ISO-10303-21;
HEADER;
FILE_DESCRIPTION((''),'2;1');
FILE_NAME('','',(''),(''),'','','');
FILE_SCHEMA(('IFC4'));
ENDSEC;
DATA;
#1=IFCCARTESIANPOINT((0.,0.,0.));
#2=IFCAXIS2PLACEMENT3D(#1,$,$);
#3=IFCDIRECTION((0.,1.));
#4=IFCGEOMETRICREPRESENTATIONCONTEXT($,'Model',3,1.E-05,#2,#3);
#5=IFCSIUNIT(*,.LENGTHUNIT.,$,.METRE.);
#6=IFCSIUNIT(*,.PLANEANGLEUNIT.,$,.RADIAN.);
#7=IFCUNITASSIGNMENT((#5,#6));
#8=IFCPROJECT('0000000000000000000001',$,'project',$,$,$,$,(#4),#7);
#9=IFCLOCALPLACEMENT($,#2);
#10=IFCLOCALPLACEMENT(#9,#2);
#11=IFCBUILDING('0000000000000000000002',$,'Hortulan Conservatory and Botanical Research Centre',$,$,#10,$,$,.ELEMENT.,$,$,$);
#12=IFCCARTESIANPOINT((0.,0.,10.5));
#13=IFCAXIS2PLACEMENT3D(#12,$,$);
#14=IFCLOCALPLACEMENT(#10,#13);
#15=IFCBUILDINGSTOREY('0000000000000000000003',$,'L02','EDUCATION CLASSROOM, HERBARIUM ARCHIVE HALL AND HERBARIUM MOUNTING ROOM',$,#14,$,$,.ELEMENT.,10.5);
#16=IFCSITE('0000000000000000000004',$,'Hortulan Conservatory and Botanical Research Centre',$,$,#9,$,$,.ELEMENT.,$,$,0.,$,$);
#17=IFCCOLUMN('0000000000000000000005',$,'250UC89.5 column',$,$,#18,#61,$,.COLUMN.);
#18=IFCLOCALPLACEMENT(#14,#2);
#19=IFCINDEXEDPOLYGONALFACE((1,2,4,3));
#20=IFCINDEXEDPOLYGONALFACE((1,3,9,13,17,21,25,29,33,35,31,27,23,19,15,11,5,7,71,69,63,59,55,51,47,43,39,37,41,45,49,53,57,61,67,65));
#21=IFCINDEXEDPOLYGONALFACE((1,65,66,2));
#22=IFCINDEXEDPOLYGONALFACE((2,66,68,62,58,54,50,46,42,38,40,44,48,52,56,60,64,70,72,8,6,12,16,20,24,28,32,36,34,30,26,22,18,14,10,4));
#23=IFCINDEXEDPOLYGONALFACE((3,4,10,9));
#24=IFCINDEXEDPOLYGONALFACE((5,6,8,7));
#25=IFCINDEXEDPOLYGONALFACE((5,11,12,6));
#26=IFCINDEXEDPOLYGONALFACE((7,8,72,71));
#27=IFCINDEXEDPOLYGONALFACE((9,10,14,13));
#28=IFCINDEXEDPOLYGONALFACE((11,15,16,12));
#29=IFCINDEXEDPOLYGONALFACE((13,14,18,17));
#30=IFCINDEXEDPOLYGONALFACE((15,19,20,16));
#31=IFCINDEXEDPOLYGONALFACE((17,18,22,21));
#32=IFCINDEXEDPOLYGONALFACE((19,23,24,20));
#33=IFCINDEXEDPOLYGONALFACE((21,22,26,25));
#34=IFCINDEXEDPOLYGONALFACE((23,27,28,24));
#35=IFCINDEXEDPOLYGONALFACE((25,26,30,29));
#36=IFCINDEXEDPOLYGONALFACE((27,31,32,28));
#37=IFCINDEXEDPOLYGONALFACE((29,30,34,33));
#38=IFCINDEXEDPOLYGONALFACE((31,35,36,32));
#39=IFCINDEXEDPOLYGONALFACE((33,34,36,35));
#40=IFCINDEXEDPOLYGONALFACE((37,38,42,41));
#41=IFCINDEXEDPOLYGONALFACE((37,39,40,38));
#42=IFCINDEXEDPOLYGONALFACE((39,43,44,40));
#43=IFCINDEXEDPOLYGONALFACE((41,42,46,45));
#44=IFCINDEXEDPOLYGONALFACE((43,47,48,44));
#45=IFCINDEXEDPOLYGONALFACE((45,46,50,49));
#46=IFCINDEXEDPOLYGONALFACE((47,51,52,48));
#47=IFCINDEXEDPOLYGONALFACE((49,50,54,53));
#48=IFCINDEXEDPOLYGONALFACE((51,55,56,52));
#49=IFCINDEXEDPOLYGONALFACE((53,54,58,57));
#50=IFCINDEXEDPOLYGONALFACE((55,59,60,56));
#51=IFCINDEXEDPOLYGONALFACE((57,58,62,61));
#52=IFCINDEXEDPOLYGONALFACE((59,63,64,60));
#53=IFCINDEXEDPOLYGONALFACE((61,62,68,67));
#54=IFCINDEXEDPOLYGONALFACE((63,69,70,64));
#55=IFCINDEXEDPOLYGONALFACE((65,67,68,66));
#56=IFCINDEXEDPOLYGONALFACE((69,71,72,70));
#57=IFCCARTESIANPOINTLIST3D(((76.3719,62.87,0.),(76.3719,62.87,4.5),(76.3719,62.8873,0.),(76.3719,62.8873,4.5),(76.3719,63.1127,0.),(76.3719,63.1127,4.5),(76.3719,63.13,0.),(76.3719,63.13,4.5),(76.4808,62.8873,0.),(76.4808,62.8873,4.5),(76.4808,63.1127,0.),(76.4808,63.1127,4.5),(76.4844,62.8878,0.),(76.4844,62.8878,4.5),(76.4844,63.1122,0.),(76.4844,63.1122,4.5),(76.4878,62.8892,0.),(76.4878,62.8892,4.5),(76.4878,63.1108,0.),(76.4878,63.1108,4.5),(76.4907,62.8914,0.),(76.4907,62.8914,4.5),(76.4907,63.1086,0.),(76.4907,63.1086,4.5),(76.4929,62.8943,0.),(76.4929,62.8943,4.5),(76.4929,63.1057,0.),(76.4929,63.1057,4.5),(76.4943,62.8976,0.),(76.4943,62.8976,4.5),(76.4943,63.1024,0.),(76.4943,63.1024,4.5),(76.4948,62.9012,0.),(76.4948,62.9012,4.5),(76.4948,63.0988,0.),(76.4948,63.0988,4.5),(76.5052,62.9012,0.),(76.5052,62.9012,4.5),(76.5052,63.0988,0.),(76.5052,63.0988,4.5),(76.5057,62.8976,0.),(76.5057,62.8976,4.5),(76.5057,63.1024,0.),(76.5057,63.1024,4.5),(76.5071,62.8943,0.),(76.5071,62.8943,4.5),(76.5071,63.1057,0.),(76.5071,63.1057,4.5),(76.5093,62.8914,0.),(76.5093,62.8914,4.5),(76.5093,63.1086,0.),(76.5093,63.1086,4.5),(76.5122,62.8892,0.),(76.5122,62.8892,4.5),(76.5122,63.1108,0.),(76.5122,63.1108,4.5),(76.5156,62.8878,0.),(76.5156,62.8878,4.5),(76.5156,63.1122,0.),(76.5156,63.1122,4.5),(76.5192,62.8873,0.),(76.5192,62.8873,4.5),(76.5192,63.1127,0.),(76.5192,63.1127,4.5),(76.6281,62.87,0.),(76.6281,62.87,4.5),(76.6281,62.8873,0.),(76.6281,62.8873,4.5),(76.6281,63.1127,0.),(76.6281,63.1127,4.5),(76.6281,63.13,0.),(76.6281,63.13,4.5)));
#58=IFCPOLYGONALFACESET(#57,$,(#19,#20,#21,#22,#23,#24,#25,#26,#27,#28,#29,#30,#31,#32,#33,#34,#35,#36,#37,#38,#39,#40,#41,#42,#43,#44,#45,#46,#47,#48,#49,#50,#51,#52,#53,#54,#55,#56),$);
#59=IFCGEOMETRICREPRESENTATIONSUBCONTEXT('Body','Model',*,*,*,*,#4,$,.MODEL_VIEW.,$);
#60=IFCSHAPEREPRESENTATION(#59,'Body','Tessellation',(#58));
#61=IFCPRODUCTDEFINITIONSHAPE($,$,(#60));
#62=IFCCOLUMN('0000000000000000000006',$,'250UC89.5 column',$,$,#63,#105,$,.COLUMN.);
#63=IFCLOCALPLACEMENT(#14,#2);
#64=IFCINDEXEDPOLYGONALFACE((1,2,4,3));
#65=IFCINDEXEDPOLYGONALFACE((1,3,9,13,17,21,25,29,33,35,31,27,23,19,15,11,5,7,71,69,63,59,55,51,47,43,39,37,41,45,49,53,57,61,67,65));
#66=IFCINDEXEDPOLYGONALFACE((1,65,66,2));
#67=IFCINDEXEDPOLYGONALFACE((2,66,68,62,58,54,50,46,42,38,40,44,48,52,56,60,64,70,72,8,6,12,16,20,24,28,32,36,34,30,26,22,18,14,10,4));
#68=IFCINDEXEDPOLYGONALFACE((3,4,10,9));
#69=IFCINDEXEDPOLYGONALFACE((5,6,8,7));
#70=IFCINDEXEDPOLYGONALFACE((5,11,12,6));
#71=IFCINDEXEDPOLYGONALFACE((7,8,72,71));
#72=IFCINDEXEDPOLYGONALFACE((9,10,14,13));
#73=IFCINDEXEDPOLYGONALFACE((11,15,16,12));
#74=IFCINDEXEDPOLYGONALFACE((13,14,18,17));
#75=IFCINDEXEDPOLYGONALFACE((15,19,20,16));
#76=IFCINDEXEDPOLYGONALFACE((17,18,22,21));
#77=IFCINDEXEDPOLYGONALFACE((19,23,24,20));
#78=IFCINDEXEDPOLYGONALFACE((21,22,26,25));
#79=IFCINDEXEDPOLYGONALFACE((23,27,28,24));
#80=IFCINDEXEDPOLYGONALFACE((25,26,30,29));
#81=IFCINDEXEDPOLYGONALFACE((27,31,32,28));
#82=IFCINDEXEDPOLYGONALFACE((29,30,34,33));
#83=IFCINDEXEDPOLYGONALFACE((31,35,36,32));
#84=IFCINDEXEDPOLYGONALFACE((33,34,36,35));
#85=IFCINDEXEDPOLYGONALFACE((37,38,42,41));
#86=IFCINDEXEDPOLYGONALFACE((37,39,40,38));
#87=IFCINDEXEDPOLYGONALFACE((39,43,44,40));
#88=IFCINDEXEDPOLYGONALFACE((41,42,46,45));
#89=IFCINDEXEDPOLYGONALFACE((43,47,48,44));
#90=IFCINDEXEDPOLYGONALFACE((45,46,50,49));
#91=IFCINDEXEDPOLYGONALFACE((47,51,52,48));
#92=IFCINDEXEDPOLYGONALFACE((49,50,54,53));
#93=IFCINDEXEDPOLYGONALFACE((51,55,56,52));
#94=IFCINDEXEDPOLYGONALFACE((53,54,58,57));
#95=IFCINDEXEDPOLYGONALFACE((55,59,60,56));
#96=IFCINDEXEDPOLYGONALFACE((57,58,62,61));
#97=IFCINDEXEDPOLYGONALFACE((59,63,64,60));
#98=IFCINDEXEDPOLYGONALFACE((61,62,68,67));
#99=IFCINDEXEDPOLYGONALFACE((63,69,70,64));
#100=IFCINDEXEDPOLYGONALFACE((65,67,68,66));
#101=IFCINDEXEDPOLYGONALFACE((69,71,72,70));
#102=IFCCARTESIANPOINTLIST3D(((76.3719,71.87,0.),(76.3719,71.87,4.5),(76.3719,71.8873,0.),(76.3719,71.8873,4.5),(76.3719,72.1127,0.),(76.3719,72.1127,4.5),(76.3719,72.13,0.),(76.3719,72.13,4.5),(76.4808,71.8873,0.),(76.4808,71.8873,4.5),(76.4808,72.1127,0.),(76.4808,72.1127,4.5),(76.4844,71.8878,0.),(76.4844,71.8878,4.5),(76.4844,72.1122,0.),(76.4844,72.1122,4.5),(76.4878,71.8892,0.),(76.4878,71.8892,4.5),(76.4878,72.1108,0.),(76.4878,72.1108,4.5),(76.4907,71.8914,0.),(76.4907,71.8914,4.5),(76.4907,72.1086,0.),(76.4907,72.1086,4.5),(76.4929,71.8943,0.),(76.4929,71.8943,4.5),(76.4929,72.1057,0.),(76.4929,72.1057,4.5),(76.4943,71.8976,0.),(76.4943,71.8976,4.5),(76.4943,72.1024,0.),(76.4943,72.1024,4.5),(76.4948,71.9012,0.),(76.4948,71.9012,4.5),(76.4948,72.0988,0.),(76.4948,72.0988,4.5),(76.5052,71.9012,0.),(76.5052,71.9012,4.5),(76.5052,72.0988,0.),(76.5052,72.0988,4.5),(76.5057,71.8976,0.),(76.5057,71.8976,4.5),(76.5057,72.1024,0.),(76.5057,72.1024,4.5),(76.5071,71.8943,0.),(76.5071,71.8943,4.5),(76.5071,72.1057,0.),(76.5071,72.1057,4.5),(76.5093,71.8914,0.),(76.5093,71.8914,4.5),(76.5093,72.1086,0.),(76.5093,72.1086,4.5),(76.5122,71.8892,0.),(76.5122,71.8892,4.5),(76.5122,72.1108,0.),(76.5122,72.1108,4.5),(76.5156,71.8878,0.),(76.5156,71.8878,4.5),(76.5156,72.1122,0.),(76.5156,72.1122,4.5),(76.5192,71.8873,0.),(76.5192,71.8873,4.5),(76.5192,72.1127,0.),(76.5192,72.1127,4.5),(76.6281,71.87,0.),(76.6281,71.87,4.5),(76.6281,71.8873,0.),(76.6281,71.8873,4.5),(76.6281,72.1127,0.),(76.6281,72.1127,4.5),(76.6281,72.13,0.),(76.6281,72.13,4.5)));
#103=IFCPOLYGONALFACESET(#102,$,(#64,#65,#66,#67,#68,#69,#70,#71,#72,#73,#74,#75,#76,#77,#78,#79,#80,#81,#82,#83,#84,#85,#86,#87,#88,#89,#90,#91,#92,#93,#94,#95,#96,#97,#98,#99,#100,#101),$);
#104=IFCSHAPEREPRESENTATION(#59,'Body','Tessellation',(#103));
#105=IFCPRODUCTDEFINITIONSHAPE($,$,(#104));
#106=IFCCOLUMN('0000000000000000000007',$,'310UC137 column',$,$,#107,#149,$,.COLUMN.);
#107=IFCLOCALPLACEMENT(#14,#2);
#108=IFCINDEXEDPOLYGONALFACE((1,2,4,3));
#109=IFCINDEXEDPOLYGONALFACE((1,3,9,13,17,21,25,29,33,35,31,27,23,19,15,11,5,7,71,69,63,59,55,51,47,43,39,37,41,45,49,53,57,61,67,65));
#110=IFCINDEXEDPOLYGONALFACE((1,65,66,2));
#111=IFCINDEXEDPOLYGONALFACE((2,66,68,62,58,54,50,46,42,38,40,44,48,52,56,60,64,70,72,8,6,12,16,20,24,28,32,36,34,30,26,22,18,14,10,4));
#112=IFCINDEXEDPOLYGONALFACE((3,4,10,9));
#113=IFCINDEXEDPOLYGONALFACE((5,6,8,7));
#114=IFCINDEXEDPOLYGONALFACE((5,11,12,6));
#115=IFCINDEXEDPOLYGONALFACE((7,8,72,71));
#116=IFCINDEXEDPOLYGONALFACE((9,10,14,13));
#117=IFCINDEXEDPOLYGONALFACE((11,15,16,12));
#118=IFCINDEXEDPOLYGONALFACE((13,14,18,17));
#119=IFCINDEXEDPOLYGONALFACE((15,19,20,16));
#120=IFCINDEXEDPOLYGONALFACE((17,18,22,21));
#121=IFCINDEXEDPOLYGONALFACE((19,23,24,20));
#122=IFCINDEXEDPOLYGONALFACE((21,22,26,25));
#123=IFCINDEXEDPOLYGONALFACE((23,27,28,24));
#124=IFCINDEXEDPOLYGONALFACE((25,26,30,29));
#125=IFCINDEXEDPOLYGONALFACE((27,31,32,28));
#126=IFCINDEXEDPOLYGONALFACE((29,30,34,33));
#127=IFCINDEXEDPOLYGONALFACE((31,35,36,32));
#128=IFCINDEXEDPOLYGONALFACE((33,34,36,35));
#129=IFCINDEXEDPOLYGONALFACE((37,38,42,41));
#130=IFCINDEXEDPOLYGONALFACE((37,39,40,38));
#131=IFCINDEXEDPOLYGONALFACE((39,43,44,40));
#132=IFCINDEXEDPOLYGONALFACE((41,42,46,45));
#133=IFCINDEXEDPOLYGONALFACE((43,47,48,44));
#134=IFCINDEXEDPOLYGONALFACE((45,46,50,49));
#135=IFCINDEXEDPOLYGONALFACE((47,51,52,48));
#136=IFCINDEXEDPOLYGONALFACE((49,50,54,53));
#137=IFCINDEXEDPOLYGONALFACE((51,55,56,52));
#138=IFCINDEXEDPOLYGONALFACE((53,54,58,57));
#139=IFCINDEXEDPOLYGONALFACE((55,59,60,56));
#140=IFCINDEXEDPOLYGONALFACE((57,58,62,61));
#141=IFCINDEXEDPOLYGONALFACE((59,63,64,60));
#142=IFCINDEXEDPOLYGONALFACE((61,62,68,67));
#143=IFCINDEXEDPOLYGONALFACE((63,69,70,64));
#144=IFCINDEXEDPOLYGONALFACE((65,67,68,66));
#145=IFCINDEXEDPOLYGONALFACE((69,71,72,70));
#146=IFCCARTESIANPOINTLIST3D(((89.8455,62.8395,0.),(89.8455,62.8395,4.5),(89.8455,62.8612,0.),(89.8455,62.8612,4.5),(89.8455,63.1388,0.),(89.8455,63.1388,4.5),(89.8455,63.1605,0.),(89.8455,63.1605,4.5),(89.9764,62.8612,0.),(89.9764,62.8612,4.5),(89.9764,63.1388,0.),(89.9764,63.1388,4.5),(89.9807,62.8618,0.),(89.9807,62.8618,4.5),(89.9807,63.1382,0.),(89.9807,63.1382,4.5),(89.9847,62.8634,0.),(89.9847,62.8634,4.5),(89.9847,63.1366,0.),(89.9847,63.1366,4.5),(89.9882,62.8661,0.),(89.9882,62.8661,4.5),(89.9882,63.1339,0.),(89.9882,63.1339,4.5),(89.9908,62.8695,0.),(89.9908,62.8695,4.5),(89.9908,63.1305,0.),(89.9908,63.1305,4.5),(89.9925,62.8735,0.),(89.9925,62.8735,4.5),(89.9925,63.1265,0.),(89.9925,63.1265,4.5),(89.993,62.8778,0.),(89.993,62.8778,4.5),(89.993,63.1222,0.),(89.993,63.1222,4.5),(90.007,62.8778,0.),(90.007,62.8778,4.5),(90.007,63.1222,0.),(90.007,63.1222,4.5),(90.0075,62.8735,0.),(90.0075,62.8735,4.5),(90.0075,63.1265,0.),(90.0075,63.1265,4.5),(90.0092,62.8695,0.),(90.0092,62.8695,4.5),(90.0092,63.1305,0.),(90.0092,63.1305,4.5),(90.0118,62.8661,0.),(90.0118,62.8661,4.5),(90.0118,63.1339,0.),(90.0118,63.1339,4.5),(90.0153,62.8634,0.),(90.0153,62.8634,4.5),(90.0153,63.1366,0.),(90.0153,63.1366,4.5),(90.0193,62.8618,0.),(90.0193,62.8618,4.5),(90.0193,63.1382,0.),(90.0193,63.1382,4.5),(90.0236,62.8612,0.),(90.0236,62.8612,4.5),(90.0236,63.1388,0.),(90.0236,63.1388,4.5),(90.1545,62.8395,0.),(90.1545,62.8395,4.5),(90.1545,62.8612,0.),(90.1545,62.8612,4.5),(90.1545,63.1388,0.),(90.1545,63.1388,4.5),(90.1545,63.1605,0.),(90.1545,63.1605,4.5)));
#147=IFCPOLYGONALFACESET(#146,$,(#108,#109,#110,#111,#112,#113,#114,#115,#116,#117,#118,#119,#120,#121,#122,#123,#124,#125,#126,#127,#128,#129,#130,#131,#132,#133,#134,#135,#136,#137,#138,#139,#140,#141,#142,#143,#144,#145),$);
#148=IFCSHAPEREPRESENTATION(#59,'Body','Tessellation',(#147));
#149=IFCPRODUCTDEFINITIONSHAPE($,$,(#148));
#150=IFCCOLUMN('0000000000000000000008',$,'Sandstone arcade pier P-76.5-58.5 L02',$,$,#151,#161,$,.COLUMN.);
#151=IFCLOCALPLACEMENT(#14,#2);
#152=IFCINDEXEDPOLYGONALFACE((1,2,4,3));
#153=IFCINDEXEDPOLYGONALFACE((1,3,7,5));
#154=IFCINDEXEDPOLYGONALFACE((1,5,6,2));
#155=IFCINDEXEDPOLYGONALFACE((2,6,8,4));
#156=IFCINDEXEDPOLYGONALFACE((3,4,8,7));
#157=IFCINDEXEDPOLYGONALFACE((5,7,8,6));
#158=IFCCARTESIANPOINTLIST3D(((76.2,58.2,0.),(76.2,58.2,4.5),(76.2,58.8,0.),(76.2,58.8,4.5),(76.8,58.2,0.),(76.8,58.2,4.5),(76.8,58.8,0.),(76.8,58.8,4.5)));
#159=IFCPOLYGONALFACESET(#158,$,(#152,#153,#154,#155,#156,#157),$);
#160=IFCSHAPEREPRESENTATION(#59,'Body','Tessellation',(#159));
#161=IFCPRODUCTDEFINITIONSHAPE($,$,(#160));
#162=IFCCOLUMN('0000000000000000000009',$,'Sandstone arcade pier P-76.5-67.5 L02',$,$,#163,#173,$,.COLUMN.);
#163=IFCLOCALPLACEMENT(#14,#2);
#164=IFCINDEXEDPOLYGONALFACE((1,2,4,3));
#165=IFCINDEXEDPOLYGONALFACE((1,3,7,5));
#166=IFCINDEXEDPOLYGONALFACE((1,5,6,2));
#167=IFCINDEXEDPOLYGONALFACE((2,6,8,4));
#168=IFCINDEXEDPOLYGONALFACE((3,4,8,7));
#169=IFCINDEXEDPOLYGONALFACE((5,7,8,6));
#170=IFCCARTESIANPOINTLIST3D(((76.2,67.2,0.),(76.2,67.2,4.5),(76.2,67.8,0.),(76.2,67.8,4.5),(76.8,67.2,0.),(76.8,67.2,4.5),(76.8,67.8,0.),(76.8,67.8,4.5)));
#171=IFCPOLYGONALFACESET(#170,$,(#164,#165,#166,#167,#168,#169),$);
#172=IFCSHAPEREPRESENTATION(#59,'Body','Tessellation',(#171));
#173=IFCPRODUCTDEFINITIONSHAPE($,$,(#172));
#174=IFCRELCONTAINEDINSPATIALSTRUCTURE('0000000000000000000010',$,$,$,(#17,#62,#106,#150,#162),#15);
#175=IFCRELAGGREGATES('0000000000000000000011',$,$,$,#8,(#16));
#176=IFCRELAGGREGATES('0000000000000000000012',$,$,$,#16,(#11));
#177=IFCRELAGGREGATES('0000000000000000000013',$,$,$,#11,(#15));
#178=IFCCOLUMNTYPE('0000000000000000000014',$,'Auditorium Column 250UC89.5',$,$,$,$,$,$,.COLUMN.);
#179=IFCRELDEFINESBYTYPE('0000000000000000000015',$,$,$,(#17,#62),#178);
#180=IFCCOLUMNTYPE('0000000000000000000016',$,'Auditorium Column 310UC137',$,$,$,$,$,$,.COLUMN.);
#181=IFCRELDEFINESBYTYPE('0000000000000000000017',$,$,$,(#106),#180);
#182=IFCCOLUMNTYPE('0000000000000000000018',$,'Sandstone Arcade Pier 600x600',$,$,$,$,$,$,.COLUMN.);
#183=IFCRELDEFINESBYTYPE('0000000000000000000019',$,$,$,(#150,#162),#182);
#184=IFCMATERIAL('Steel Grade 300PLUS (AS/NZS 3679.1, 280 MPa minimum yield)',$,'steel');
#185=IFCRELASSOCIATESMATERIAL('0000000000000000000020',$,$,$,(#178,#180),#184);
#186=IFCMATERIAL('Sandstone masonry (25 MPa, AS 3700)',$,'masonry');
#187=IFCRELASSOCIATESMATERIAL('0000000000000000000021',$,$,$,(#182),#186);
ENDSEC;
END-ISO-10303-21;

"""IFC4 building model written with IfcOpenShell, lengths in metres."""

from ifc_helpers import new_model, si_unit, direction, frame, origin, origin_2d, place, context, subcontext, project, spatial, rectangle, i_section, extrude, material, material_profile, profile_set, type_object, element, save


model = new_model("IFC4")

# Units and contexts
model_context = context("Model", 3, precision=1e-05, world=origin(), true_north=direction((0.0, 1.0)))
body_context = subcontext(model_context, "Body", "Model", "MODEL_VIEW")
ifc_project = project(units=[si_unit("LENGTHUNIT", "METRE"), si_unit("PLANEANGLEUNIT", "RADIAN")], contexts=[model_context])

# Site, building, storey
site_placement = place(None, origin())
site = spatial("IfcSite", under=ifc_project, at=site_placement, Name="Hortulan Conservatory and Botanical Research Centre", CompositionType="ELEMENT", RefElevation=0.0)
building_placement = place(site_placement, origin())
building = spatial("IfcBuilding", under=site, at=building_placement, Name="Hortulan Conservatory and Botanical Research Centre", CompositionType="ELEMENT")
storey_placement = place(building_placement, frame((0.0, 0.0, 10.5)))
storey = spatial("IfcBuildingStorey", under=building, at=storey_placement, Name="L02", Description="EDUCATION CLASSROOM, HERBARIUM ARCHIVE HALL AND HERBARIUM MOUNTING ROOM", CompositionType="ELEMENT", Elevation=10.5)

# Columns
ifc_material_1 = material(Name="Steel Grade 300PLUS (AS/NZS 3679.1, 280 MPa minimum yield)", Category="steel")
ifc_material_profile_1 = material_profile(ifc_material_1, i_section(OverallWidth=0.2561, OverallDepth=0.26, WebThickness=0.0105, FlangeThickness=0.0173, FilletRadius=0.0139, at=origin_2d()), Name="250UC89.5")
ifc_profile_set_1 = profile_set([ifc_material_profile_1], Name="Steel Grade 300PLUS (AS/NZS 3679.1, 280 MPa minimum yield)")
column_type_1 = type_object("IfcColumnType", Name="Auditorium Column 250UC89.5", PredefinedType="COLUMN", material=ifc_profile_set_1)
for number, where, z_axis, x_axis, name in (
    (1, (76.5, 63.0, 0.0), (0.0, 0.0, 1.0), (1.0, 0.0, 0.0), "250UC89.5 column"),
    (2, (76.5, 72.0, 0.0), (0.0, 0.0, 1.0), (1.0, 0.0, 0.0), "250UC89.5 column"),
):
    element("IfcColumn", number, at=place(storey_placement, frame(where, z_axis=z_axis, x_axis=x_axis)), inside=storey, type_object=column_type_1, Name=name, PredefinedType="COLUMN", context=body_context, shape_type="SweptSolid", body=[
        extrude(i_section(OverallWidth=0.2561, OverallDepth=0.26, WebThickness=0.0105, FlangeThickness=0.0173, FilletRadius=0.0139, at=origin_2d()), origin(), (0.0, 0.0, 1.0), 4.5),
    ])
ifc_material_profile_2 = material_profile(ifc_material_1, i_section(OverallWidth=0.3091, OverallDepth=0.321, WebThickness=0.0139, FlangeThickness=0.0217, FilletRadius=0.0166, at=origin_2d()), Name="310UC137")
ifc_profile_set_2 = profile_set([ifc_material_profile_2], Name="Steel Grade 300PLUS (AS/NZS 3679.1, 280 MPa minimum yield)")
column_type_2 = type_object("IfcColumnType", Name="Auditorium Column 310UC137", PredefinedType="COLUMN", material=ifc_profile_set_2)
column_placement = place(storey_placement, frame((90.0, 63.0, 0.0), z_axis=(0.0, 0.0, 1.0), x_axis=(1.0, 0.0, 0.0)))
element("IfcColumn", 3, at=column_placement, inside=storey, type_object=column_type_2, Name="310UC137 column", PredefinedType="COLUMN", context=body_context, shape_type="SweptSolid", body=[
    extrude(i_section(OverallWidth=0.3091, OverallDepth=0.321, WebThickness=0.0139, FlangeThickness=0.0217, FilletRadius=0.0166, at=origin_2d()), origin(), (0.0, 0.0, 1.0), 4.5),
])
ifc_material_2 = material(Name="Sandstone masonry (25 MPa, AS 3700)", Category="masonry")
ifc_material_profile_3 = material_profile(ifc_material_2, rectangle(XDim=0.6001, YDim=0.6001, at=origin_2d()), Name="Square pier 600")
ifc_profile_set_3 = profile_set([ifc_material_profile_3], Name="Sandstone masonry (25 MPa, AS 3700)")
column_type_3 = type_object("IfcColumnType", Name="Sandstone Arcade Pier 600x600", PredefinedType="COLUMN", material=ifc_profile_set_3)
for number, where, z_axis, x_axis, name in (
    (4, (76.5, 58.5, 0.0), (0.0, 0.0, 1.0), (1.0, 0.0, 0.0), "Sandstone arcade pier P-76.5-58.5 L02"),
    (5, (76.5, 67.5, 0.0), (0.0, 0.0, 1.0), (1.0, 0.0, 0.0), "Sandstone arcade pier P-76.5-67.5 L02"),
):
    element("IfcColumn", number, at=place(storey_placement, frame(where, z_axis=z_axis, x_axis=x_axis)), inside=storey, type_object=column_type_3, Name=name, PredefinedType="COLUMN", context=body_context, shape_type="SweptSolid", body=[
        extrude(rectangle(XDim=0.6001, YDim=0.6001, at=origin_2d()), origin(), (0.0, 0.0, 1.0), 4.5),
    ])

save(model, "model.ifc")
